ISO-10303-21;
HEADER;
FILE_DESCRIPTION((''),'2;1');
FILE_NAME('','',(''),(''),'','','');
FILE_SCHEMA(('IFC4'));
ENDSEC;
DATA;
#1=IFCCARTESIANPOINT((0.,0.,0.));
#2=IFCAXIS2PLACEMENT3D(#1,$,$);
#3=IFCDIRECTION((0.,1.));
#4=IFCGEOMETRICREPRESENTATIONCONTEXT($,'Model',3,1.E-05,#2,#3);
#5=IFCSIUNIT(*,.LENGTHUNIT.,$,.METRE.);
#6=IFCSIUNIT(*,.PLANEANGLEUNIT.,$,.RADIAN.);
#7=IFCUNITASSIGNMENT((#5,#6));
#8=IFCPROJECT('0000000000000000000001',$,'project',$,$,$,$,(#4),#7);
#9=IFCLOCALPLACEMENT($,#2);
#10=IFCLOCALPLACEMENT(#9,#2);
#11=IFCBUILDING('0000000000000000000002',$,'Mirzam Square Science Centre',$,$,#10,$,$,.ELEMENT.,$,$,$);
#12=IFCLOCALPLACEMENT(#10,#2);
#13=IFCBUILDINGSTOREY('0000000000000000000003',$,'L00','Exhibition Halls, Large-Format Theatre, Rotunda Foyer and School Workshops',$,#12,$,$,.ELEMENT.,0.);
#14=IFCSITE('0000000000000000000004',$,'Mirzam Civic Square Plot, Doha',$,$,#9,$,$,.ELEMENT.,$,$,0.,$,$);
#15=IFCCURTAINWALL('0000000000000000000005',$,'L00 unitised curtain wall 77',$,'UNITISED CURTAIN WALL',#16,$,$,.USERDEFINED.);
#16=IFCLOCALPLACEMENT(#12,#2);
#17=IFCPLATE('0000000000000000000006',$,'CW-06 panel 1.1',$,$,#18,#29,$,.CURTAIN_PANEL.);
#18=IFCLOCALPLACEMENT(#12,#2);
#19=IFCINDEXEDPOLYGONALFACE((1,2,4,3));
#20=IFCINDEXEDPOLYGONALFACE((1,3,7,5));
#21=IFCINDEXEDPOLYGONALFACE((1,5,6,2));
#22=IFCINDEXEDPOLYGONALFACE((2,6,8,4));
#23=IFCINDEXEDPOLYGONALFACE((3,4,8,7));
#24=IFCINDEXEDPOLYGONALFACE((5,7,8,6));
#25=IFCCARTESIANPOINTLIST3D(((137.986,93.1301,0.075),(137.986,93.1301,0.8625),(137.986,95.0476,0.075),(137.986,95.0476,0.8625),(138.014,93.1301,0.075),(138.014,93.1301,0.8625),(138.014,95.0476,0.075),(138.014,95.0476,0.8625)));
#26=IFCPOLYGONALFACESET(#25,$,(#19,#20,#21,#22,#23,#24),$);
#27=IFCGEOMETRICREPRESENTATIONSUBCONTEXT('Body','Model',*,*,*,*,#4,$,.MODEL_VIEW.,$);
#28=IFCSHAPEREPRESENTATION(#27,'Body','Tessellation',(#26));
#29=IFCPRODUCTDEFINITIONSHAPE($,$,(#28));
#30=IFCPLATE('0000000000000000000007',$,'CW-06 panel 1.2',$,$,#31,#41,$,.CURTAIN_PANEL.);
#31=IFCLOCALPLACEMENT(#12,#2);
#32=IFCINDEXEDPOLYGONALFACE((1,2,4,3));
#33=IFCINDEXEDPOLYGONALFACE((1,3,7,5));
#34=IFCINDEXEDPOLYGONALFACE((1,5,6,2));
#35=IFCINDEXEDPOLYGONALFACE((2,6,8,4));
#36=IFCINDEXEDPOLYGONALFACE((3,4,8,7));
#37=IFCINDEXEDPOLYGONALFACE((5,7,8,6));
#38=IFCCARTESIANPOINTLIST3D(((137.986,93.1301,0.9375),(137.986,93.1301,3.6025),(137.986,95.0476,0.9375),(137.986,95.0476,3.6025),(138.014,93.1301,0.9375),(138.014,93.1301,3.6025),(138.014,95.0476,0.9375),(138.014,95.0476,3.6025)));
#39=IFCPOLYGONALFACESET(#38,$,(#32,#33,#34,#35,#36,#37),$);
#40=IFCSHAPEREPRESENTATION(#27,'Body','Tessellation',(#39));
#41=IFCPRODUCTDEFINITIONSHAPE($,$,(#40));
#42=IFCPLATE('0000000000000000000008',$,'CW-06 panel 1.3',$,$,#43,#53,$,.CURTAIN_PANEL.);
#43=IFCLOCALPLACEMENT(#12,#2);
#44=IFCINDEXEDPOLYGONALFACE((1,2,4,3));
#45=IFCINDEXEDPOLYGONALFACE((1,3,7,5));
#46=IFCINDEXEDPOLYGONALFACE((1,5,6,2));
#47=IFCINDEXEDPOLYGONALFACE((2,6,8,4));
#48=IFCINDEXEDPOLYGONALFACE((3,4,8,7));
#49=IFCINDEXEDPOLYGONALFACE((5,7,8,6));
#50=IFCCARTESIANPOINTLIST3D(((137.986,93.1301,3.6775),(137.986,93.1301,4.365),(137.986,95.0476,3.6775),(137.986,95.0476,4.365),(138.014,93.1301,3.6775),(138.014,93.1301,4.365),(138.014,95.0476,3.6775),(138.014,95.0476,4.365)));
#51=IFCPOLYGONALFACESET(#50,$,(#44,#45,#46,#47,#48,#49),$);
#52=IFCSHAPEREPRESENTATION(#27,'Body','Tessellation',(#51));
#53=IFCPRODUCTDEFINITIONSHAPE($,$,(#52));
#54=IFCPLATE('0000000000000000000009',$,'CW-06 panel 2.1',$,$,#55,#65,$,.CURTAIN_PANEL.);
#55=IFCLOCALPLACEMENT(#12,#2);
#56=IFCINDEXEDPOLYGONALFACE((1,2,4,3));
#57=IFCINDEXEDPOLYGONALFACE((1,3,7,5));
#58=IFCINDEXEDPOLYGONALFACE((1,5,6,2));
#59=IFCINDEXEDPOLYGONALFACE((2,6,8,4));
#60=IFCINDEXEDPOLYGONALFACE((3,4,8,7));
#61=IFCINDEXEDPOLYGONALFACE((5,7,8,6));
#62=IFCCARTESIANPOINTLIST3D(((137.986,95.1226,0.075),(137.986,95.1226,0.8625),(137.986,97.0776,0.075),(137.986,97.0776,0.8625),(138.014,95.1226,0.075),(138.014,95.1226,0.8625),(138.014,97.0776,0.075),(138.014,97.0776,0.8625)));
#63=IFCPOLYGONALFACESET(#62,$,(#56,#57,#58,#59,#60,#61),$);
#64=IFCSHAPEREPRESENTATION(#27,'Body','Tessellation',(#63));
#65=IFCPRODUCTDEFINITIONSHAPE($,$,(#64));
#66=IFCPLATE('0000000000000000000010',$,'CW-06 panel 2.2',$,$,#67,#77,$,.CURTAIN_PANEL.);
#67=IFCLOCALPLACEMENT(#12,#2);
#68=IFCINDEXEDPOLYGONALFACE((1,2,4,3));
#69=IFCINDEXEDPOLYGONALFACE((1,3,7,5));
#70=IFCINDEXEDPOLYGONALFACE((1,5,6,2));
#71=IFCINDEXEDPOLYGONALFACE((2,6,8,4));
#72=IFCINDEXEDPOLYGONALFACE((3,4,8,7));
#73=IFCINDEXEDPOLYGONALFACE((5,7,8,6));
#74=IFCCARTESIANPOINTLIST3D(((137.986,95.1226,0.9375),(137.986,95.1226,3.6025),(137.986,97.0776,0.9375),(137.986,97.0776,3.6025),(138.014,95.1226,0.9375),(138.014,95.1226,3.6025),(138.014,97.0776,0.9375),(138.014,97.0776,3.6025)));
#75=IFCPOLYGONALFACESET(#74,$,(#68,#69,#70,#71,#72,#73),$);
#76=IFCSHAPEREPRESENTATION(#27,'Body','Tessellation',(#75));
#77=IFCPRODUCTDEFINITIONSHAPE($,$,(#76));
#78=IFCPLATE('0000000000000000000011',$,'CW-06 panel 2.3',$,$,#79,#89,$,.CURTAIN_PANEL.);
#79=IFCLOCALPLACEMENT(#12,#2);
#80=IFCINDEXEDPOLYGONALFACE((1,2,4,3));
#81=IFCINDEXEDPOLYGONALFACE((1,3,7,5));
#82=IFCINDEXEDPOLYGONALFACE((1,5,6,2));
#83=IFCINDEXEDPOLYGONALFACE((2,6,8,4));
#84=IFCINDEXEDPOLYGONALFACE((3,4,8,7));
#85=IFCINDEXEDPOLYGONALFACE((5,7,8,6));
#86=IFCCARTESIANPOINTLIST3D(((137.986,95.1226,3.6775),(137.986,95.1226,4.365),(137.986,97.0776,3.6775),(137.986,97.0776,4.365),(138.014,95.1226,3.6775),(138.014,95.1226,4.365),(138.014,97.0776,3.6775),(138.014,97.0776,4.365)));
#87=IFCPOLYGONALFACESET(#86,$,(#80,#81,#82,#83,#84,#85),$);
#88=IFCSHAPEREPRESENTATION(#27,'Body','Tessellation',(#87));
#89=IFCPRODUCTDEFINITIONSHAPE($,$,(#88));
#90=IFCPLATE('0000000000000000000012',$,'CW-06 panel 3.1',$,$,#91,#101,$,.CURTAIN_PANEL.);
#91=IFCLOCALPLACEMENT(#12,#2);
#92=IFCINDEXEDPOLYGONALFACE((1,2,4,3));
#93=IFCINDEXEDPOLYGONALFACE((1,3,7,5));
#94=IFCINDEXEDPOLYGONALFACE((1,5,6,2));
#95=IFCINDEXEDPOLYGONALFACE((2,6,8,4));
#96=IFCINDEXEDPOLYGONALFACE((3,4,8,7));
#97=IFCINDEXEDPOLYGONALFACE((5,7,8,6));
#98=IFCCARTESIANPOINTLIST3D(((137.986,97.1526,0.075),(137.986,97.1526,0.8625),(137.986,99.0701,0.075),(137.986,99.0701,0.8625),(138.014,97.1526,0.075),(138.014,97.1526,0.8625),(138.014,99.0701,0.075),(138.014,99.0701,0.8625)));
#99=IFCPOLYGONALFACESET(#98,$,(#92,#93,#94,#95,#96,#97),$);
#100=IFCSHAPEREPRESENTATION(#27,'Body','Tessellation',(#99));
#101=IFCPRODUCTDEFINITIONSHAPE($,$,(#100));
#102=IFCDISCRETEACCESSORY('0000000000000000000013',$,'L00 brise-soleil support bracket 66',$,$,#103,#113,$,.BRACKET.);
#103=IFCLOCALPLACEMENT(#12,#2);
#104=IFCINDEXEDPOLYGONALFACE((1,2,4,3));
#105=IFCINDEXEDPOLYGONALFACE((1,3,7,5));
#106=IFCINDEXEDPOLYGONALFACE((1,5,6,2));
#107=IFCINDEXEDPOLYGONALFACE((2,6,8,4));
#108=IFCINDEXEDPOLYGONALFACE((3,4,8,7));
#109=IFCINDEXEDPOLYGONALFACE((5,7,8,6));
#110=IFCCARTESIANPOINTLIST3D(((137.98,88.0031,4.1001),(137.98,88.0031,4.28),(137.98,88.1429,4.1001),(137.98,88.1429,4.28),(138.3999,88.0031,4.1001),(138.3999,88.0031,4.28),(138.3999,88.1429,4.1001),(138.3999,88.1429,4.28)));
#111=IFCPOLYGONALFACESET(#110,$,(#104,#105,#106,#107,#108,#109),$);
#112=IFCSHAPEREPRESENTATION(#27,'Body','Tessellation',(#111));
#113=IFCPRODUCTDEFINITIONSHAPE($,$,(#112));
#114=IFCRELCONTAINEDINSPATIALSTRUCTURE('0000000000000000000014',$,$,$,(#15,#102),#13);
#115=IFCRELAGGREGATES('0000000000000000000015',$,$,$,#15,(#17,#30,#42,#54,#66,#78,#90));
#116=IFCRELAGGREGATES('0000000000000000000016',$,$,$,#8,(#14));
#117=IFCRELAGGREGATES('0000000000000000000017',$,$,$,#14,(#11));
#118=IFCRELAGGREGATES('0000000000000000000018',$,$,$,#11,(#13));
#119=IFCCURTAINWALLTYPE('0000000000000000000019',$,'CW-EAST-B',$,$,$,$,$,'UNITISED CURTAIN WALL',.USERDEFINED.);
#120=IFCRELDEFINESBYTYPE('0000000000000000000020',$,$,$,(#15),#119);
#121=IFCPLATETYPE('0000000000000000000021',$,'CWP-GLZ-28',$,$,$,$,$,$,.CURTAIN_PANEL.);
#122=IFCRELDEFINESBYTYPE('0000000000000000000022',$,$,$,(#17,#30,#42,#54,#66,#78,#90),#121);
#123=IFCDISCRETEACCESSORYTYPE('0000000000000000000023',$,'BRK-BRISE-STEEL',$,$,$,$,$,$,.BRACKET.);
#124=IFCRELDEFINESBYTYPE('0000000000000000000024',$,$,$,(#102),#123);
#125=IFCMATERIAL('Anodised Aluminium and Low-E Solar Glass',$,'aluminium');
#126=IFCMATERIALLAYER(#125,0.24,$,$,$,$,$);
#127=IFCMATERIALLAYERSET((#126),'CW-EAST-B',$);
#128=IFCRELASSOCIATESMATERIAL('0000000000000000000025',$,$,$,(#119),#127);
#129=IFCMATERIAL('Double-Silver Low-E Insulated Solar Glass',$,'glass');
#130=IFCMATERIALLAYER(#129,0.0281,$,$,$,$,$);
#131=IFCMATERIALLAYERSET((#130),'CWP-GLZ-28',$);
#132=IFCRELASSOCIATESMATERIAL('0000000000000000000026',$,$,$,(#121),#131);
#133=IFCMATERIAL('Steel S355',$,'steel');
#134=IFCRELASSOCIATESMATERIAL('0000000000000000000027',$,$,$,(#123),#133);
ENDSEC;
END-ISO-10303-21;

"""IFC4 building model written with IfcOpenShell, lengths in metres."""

from ifc_helpers import new_model, si_unit, direction, frame, origin, origin_2d, place, context, subcontext, project, spatial, rectangle, extrude, material, layer, layer_set, type_object, element, aggregate, save


model = new_model("IFC4")

# Units and contexts
model_context = context("Model", 3, precision=1e-05, world=origin(), true_north=direction((0.0, 1.0)))
body_context = subcontext(model_context, "Body", "Model", "MODEL_VIEW")
ifc_project = project(units=[si_unit("LENGTHUNIT", "METRE"), si_unit("PLANEANGLEUNIT", "RADIAN")], contexts=[model_context])

# Site, building, storey
site_placement = place(None, origin())
site = spatial("IfcSite", under=ifc_project, at=site_placement, Name="Mirzam Civic Square Plot, Doha", CompositionType="ELEMENT", RefElevation=0.0)
building_placement = place(site_placement, origin())
building = spatial("IfcBuilding", under=site, at=building_placement, Name="Mirzam Square Science Centre", CompositionType="ELEMENT")
storey_placement = place(building_placement, origin())
storey = spatial("IfcBuildingStorey", under=building, at=storey_placement, Name="L00", Description="Exhibition Halls, Large-Format Theatre, Rotunda Foyer and School Workshops", CompositionType="ELEMENT", Elevation=0.0)

# Curtain wall, plates
ifc_material_1 = material(Name="Anodised Aluminium and Low-E Solar Glass", Category="aluminium")
ifc_layer_1 = layer(ifc_material_1, 0.24)
ifc_layer_set_1 = layer_set([ifc_layer_1], Name="CW-EAST-B")
curtain_wall_type = type_object("IfcCurtainWallType", Name="CW-EAST-B", ElementType="UNITISED CURTAIN WALL", PredefinedType="USERDEFINED", material=ifc_layer_set_1)
curtain_wall_placement = place(storey_placement, origin())
curtain_wall = element("IfcCurtainWall", 1, at=curtain_wall_placement, inside=storey, type_object=curtain_wall_type, Name="L00 unitised curtain wall 77", ObjectType="UNITISED CURTAIN WALL", PredefinedType="USERDEFINED")
ifc_material_2 = material(Name="Double-Silver Low-E Insulated Solar Glass", Category="glass")
ifc_layer_2 = layer(ifc_material_2, 0.0281)
ifc_layer_set_2 = layer_set([ifc_layer_2], Name="CWP-GLZ-28")
plate_type = type_object("IfcPlateType", Name="CWP-GLZ-28", PredefinedType="CURTAIN_PANEL", material=ifc_layer_set_2)
plate_1_placement = place(storey_placement, frame((138.0, 94.0889, 0.075), z_axis=(0.0, 0.0, 1.0), x_axis=(0.0, 1.0, 0.0)))
plate_1 = element("IfcPlate", 2, at=plate_1_placement, type_object=plate_type, Name="CW-06 panel 1.1", PredefinedType="CURTAIN_PANEL", context=body_context, shape_type="SweptSolid", body=[
    extrude(rectangle(XDim=1.9175, YDim=0.0281, at=origin_2d()), origin(), (0.0, 0.0, 1.0), 0.7876),
])
plate_2_placement = place(storey_placement, frame((138.0, 94.0889, 0.9375), z_axis=(0.0, 0.0, 1.0), x_axis=(0.0, 1.0, 0.0)))
plate_2 = element("IfcPlate", 3, at=plate_2_placement, type_object=plate_type, Name="CW-06 panel 1.2", PredefinedType="CURTAIN_PANEL", context=body_context, shape_type="SweptSolid", body=[
    extrude(rectangle(XDim=1.9175, YDim=0.0281, at=origin_2d()), origin(), (0.0, 0.0, 1.0), 2.665),
])
plate_3_placement = place(storey_placement, frame((138.0, 94.0889, 3.6775), z_axis=(0.0, 0.0, 1.0), x_axis=(0.0, 1.0, 0.0)))
plate_3 = element("IfcPlate", 4, at=plate_3_placement, type_object=plate_type, Name="CW-06 panel 1.3", PredefinedType="CURTAIN_PANEL", context=body_context, shape_type="SweptSolid", body=[
    extrude(rectangle(XDim=1.9175, YDim=0.0281, at=origin_2d()), origin(), (0.0, 0.0, 1.0), 0.6875),
])
plate_4_placement = place(storey_placement, frame((138.0, 96.1001, 0.075), z_axis=(0.0, 0.0, 1.0), x_axis=(0.0, 1.0, 0.0)))
plate_4 = element("IfcPlate", 5, at=plate_4_placement, type_object=plate_type, Name="CW-06 panel 2.1", PredefinedType="CURTAIN_PANEL", context=body_context, shape_type="SweptSolid", body=[
    extrude(rectangle(XDim=1.9551, YDim=0.0281, at=origin_2d()), origin(), (0.0, 0.0, 1.0), 0.7876),
])
plate_5_placement = place(storey_placement, frame((138.0, 96.1001, 0.9375), z_axis=(0.0, 0.0, 1.0), x_axis=(0.0, 1.0, 0.0)))
plate_5 = element("IfcPlate", 6, at=plate_5_placement, type_object=plate_type, Name="CW-06 panel 2.2", PredefinedType="CURTAIN_PANEL", context=body_context, shape_type="SweptSolid", body=[
    extrude(rectangle(XDim=1.9551, YDim=0.0281, at=origin_2d()), origin(), (0.0, 0.0, 1.0), 2.665),
])
plate_6_placement = place(storey_placement, frame((138.0, 96.1001, 3.6775), z_axis=(0.0, 0.0, 1.0), x_axis=(0.0, 1.0, 0.0)))
plate_6 = element("IfcPlate", 7, at=plate_6_placement, type_object=plate_type, Name="CW-06 panel 2.3", PredefinedType="CURTAIN_PANEL", context=body_context, shape_type="SweptSolid", body=[
    extrude(rectangle(XDim=1.9551, YDim=0.0281, at=origin_2d()), origin(), (0.0, 0.0, 1.0), 0.6875),
])
plate_7_placement = place(storey_placement, frame((138.0, 98.1113, 0.075), z_axis=(0.0, 0.0, 1.0), x_axis=(0.0, 1.0, 0.0)))
plate_7 = element("IfcPlate", 8, at=plate_7_placement, type_object=plate_type, Name="CW-06 panel 3.1", PredefinedType="CURTAIN_PANEL", context=body_context, shape_type="SweptSolid", body=[
    extrude(rectangle(XDim=1.9175, YDim=0.0281, at=origin_2d()), origin(), (0.0, 0.0, 1.0), 0.7876),
])
aggregate(curtain_wall, [plate_1, plate_2, plate_3, plate_4, plate_5, plate_6, plate_7])

# Discrete accessory
ifc_material_3 = material(Name="Steel S355", Category="steel")
discrete_accessory_type = type_object("IfcDiscreteAccessoryType", Name="BRK-BRISE-STEEL", PredefinedType="BRACKET", material=ifc_material_3)
discrete_accessory_placement = place(storey_placement, frame((138.1899, 88.073, 4.1001), z_axis=(0.0, 0.0, 1.0), x_axis=(0.0, 1.0, 0.0)))
element("IfcDiscreteAccessory", 9, at=discrete_accessory_placement, inside=storey, type_object=discrete_accessory_type, Name="L00 brise-soleil support bracket 66", PredefinedType="BRACKET", context=body_context, shape_type="SweptSolid", body=[
    extrude(rectangle(XDim=0.1399, YDim=0.4199, at=origin_2d()), origin(), (0.0, 0.0, 1.0), 0.1799),
])

save(model, "model.ifc")
